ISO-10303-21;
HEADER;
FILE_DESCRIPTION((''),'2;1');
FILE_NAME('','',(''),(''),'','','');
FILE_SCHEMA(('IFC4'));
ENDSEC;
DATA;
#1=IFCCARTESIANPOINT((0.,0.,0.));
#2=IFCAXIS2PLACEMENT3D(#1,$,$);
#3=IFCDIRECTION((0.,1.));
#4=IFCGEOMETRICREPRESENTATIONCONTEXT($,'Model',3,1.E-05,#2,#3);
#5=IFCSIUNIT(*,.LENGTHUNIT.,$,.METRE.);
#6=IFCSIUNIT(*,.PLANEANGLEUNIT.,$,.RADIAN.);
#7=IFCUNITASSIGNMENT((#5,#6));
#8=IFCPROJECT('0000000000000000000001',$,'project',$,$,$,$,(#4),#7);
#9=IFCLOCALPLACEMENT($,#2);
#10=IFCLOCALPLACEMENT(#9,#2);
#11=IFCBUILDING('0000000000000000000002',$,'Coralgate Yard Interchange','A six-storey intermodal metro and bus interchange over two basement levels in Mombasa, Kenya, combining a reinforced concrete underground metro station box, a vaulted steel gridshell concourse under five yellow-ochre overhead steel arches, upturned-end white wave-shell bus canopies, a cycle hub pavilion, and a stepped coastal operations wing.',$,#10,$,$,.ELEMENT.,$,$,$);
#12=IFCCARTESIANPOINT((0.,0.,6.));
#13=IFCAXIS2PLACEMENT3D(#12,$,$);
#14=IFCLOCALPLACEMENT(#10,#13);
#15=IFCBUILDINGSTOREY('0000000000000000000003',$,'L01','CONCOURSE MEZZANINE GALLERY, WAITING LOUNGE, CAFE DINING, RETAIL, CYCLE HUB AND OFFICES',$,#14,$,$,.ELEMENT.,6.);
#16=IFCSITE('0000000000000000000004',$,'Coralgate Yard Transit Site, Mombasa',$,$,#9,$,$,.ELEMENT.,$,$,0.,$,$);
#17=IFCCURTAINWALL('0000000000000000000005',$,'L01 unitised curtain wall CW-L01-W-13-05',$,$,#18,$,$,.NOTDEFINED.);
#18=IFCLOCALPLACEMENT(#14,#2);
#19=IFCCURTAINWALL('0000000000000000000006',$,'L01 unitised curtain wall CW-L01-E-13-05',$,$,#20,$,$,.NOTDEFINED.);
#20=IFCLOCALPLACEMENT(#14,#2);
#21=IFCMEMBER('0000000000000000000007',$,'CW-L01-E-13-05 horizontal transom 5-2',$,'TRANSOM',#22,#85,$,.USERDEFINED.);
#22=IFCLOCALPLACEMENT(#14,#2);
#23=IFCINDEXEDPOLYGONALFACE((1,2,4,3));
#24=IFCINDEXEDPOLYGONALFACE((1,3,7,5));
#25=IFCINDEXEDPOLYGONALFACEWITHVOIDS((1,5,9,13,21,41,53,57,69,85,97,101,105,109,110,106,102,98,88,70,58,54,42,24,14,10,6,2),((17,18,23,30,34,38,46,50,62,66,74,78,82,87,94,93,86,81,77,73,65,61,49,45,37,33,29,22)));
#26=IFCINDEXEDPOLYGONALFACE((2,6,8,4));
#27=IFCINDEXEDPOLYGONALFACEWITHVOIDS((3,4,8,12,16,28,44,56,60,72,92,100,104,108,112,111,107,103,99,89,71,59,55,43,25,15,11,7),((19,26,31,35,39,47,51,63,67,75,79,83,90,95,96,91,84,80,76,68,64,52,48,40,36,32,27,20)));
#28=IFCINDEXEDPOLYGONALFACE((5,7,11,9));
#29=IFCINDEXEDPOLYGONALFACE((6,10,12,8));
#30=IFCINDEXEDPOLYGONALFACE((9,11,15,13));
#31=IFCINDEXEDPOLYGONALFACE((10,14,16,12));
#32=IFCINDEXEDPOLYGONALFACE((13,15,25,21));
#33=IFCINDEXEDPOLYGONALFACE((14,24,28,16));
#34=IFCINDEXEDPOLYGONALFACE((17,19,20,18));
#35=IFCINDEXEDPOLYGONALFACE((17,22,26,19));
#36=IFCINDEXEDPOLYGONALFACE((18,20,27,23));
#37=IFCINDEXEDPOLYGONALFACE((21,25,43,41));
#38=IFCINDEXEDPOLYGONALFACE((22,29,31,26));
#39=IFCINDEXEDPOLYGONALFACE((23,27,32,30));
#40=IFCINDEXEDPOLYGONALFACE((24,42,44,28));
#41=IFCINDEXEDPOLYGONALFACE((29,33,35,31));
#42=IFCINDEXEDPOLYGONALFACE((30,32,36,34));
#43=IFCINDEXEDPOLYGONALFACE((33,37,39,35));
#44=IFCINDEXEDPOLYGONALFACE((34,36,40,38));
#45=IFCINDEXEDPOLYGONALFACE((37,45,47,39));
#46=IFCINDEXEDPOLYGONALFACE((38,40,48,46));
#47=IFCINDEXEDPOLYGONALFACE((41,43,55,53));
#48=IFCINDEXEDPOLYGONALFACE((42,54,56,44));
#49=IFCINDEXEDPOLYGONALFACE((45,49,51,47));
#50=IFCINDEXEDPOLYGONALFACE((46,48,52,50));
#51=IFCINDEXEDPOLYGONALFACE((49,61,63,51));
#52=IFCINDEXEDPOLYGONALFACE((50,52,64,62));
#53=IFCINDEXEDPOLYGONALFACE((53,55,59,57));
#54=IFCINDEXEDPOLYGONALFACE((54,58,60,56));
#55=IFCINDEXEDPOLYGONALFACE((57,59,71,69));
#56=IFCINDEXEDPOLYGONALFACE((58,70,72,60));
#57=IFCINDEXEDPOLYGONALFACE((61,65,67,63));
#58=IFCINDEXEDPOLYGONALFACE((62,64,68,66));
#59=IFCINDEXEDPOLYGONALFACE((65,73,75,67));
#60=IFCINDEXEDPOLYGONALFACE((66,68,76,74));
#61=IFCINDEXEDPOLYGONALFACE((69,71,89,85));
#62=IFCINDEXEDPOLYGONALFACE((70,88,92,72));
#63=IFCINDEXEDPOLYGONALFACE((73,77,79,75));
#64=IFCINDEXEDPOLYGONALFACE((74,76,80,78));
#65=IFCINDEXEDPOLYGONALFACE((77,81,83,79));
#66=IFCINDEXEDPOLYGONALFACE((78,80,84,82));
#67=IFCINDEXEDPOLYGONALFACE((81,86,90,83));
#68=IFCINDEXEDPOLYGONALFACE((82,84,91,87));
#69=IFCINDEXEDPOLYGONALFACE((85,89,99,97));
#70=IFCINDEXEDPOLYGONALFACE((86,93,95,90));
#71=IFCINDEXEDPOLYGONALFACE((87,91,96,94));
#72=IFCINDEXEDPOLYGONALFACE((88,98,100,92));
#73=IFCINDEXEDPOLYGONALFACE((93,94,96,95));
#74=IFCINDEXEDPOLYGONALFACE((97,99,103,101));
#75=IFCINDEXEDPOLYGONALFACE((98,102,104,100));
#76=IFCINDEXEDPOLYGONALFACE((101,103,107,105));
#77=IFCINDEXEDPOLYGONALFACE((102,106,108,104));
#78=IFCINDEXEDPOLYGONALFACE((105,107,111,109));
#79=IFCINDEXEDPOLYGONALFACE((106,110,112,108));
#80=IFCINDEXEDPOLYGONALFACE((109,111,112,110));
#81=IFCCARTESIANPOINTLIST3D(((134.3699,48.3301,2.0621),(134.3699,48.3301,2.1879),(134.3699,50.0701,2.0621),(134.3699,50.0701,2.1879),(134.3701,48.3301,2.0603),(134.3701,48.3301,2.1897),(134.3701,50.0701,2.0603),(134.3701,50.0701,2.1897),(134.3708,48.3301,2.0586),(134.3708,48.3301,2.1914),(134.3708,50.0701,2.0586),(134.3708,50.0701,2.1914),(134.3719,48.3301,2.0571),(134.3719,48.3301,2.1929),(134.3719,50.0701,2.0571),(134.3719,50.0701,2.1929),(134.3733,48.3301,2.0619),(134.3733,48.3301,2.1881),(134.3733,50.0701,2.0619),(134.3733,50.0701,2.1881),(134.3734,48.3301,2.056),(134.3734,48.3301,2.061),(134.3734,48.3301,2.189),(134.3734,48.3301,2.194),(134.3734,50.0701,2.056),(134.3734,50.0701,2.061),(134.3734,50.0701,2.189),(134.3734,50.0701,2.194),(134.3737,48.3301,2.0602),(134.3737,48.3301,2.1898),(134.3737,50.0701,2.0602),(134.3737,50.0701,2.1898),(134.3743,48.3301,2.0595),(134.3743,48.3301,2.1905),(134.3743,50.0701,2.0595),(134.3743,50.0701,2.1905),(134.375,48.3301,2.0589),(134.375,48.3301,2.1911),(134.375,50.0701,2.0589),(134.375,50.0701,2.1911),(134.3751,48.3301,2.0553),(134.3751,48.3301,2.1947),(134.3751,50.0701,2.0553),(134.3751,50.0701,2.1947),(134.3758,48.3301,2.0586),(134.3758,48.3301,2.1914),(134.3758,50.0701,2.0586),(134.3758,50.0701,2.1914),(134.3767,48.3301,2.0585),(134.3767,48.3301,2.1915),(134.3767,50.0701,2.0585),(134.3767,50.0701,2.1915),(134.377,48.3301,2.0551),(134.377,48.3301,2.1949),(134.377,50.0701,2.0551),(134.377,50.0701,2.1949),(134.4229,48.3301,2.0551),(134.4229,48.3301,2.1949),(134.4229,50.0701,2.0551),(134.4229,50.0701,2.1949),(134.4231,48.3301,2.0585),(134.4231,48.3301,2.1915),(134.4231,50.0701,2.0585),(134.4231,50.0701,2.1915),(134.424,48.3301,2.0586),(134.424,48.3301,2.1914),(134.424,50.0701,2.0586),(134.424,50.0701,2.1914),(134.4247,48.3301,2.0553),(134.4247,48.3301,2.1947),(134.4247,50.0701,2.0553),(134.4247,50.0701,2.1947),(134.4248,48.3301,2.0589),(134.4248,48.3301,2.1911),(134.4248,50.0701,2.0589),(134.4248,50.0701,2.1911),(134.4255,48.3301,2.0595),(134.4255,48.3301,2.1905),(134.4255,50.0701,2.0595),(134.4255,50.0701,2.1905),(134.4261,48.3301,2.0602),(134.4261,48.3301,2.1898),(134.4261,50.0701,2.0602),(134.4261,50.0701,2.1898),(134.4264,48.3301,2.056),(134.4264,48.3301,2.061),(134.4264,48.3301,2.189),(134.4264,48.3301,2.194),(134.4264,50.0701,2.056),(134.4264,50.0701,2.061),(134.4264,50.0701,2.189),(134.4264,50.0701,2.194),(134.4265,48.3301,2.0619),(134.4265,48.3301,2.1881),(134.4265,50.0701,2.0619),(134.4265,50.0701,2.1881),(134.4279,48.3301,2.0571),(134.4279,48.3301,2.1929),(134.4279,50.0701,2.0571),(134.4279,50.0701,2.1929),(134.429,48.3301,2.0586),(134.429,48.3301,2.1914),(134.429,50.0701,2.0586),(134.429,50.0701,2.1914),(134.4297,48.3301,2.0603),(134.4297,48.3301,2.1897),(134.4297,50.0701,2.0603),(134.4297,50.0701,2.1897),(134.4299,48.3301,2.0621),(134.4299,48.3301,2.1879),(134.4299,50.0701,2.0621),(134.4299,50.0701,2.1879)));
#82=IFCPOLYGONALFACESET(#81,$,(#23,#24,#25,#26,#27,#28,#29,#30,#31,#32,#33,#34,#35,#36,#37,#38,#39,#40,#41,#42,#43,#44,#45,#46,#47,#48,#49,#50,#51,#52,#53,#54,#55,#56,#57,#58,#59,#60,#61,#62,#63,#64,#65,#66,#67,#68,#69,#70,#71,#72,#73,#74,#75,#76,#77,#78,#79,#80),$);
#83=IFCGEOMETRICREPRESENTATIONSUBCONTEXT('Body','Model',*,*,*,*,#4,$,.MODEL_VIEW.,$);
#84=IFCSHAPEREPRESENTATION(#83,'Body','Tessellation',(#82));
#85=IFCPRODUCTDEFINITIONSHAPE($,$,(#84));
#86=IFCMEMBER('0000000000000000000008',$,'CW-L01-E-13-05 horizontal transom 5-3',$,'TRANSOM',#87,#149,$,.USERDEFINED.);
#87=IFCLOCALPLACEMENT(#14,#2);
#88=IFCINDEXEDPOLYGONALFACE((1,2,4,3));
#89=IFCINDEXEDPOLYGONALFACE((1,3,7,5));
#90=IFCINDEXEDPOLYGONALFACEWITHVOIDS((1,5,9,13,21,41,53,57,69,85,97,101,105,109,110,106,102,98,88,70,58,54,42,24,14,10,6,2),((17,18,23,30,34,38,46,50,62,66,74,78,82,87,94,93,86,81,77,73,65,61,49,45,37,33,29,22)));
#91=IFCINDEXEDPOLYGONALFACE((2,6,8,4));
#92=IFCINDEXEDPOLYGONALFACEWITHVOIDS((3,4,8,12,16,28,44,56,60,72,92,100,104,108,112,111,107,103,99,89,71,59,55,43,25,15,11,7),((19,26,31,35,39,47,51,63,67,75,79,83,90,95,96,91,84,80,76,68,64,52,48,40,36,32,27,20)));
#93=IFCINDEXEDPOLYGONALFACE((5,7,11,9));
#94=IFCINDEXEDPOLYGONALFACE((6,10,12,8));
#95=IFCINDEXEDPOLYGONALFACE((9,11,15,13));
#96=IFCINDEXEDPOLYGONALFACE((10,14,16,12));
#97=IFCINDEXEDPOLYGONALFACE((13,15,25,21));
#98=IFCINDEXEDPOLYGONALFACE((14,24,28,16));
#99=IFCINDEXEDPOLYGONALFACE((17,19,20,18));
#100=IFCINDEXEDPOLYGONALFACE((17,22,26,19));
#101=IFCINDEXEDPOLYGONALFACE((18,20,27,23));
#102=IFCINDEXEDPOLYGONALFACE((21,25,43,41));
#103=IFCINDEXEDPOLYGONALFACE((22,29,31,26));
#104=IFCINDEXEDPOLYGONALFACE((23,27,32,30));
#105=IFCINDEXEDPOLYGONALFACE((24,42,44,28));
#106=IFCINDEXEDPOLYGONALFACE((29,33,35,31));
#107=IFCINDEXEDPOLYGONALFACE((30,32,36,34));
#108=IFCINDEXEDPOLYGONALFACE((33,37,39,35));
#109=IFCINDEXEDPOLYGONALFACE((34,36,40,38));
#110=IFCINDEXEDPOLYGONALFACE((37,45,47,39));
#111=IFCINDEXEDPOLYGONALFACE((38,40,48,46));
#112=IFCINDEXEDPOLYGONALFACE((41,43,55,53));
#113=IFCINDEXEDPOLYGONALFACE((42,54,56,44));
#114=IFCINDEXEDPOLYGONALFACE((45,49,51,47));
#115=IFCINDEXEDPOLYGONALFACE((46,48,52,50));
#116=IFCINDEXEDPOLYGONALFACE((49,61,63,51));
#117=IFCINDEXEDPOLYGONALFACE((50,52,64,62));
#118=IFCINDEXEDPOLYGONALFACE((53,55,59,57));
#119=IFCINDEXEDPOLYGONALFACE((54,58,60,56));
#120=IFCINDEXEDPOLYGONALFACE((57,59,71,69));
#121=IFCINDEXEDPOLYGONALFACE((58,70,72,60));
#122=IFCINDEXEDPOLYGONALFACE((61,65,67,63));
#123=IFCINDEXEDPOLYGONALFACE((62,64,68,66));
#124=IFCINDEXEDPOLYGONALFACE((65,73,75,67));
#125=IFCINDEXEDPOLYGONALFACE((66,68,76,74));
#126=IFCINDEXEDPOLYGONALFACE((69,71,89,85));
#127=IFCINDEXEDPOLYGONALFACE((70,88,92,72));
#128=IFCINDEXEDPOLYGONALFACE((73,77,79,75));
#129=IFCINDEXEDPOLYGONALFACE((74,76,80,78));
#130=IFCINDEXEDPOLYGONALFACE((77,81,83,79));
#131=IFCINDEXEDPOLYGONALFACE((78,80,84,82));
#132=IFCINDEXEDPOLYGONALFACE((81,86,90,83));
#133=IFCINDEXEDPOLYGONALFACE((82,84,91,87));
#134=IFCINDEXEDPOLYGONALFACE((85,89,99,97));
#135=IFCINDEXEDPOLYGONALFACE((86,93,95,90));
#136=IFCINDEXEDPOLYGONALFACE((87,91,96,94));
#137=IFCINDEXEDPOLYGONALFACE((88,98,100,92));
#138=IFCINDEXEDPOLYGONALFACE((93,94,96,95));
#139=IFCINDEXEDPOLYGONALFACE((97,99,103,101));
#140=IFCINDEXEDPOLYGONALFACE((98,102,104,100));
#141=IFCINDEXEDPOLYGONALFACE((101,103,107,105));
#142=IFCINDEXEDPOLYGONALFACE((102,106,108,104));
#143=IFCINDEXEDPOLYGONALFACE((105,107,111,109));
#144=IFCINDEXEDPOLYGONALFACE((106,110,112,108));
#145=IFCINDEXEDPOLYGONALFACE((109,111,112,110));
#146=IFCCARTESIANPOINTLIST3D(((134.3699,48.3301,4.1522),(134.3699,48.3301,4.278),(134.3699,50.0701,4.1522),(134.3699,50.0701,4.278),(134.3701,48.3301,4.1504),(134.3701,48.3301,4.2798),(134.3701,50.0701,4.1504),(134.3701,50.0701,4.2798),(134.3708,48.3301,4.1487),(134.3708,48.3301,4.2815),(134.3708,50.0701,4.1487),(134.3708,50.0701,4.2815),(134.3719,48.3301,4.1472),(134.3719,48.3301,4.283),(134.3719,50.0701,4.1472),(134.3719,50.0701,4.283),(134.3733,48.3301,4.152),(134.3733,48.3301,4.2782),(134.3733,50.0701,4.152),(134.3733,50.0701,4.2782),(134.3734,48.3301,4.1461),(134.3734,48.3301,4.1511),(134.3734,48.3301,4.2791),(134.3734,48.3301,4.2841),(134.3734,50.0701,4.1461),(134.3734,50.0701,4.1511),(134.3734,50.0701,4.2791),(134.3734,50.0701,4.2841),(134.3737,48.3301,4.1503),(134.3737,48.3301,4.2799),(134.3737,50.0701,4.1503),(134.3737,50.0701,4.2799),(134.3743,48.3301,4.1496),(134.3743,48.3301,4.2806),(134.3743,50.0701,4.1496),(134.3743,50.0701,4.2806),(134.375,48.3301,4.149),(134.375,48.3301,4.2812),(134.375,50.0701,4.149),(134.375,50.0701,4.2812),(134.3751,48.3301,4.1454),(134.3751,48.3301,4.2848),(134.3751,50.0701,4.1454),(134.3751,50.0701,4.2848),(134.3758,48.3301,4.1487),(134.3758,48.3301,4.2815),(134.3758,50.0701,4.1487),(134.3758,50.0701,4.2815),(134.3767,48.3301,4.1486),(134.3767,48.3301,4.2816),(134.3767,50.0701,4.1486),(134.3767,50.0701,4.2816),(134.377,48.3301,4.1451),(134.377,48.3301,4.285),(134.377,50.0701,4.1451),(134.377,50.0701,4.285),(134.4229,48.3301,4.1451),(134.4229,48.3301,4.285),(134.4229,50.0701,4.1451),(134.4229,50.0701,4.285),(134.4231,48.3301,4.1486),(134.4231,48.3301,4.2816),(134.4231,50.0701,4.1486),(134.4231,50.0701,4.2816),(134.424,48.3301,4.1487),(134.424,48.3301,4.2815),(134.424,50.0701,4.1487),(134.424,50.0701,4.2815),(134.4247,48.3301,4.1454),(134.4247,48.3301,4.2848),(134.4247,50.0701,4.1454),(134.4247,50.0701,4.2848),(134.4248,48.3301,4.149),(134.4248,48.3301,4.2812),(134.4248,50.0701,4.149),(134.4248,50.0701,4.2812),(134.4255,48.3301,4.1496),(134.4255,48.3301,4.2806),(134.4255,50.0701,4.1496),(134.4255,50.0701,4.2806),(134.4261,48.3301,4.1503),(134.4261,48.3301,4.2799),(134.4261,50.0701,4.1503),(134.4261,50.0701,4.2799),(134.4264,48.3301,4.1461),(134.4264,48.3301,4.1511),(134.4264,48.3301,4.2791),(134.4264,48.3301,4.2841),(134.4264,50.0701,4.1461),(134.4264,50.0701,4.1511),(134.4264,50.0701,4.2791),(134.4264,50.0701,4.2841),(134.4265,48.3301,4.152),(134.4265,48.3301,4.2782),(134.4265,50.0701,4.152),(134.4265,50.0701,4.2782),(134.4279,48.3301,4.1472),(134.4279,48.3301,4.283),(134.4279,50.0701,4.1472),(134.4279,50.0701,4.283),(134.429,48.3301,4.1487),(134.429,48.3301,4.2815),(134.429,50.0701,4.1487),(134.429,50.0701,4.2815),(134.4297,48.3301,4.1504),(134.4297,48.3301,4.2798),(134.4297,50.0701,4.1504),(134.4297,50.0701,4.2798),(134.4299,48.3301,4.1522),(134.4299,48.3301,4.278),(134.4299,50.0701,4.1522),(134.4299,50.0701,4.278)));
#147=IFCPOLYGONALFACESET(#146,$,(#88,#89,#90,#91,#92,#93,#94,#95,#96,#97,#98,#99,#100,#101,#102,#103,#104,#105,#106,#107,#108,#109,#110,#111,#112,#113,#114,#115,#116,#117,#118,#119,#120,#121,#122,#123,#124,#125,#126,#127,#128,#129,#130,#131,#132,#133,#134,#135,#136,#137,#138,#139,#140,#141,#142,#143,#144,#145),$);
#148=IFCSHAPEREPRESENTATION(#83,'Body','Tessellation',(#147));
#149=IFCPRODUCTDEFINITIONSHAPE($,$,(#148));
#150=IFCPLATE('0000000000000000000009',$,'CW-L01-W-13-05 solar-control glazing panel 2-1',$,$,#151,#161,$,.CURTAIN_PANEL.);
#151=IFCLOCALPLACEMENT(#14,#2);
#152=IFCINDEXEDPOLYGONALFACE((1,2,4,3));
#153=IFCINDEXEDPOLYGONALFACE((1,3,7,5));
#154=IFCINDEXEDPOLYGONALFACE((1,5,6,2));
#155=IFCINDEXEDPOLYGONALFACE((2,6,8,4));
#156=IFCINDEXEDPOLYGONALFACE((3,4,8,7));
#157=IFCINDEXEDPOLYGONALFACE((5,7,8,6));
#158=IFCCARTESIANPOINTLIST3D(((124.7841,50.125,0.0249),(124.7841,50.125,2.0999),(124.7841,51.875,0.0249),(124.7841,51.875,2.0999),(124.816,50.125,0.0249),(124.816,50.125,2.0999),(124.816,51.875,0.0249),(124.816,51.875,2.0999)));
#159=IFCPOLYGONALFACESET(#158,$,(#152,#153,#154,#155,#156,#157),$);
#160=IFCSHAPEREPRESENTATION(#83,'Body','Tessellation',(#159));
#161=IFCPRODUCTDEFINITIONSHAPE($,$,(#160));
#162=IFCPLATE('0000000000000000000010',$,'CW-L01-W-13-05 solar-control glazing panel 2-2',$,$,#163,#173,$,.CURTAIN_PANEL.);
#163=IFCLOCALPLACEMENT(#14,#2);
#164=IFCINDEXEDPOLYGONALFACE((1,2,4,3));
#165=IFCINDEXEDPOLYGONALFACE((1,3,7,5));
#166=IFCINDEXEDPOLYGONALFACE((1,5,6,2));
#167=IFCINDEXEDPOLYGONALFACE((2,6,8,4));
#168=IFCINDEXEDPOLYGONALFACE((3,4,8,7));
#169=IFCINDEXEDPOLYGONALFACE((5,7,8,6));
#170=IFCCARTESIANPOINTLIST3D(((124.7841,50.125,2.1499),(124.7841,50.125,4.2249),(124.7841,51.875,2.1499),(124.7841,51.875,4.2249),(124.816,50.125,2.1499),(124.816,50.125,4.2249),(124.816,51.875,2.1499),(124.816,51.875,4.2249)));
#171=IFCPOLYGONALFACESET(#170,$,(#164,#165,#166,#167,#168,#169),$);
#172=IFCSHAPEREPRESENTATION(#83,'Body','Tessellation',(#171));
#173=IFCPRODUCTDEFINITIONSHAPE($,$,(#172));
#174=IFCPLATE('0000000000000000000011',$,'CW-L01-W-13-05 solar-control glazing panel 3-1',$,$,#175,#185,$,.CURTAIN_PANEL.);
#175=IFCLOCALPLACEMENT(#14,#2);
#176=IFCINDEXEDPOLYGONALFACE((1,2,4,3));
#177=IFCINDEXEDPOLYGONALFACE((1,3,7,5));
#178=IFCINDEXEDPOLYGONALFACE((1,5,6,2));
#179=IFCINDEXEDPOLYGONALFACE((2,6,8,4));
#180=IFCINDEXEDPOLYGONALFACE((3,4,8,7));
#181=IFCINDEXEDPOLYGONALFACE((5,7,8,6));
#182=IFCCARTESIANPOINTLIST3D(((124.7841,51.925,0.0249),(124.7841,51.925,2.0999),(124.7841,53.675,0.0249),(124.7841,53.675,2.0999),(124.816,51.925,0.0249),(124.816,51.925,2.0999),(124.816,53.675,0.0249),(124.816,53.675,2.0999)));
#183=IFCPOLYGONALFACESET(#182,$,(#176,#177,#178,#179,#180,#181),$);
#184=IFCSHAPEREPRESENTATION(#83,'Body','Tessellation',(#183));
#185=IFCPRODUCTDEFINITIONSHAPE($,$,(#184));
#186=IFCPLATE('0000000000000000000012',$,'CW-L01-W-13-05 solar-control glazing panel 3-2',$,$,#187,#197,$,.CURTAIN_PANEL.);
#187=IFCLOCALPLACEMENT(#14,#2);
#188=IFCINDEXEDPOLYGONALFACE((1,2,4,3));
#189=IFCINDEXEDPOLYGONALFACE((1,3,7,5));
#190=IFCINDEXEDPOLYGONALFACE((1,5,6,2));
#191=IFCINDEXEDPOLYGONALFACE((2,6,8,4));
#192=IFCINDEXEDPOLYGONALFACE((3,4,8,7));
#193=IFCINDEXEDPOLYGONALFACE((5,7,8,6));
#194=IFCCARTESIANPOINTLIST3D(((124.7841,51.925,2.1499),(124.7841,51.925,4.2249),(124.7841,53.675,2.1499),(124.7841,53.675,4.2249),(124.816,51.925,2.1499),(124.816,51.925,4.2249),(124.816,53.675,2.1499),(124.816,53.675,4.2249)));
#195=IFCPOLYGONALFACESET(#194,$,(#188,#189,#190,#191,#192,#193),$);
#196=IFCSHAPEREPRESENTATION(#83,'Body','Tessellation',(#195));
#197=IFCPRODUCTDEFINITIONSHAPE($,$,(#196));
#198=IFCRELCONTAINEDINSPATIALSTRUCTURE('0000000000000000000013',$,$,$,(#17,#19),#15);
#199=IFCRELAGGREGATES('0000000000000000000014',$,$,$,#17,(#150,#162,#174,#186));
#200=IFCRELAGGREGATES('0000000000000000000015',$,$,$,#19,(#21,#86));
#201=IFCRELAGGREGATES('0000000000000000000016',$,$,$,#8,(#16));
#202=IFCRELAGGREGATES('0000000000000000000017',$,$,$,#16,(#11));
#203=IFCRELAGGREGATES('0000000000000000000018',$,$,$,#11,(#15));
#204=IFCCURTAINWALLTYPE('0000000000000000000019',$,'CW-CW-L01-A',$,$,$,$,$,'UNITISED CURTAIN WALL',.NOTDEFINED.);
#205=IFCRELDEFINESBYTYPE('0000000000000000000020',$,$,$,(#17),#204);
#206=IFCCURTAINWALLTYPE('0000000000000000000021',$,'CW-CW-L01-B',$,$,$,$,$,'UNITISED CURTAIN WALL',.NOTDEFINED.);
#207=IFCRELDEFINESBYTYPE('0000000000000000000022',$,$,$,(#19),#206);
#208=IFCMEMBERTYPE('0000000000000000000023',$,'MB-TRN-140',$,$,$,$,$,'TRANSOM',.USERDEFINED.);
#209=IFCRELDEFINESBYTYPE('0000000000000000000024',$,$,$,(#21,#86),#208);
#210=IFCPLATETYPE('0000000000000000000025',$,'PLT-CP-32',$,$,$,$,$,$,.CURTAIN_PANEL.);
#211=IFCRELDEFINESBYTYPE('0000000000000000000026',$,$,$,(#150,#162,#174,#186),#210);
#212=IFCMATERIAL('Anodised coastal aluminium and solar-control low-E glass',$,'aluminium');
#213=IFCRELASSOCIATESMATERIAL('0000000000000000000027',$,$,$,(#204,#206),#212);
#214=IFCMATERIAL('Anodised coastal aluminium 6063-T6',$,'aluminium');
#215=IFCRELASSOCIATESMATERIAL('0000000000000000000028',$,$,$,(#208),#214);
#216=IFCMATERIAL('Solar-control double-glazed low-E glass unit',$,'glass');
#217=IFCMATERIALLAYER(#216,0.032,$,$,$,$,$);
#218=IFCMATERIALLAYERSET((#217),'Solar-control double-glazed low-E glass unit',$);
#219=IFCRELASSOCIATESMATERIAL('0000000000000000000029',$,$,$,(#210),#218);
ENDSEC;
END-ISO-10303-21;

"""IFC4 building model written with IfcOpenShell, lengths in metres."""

from ifc_helpers import new_model, si_unit, direction, frame, origin, origin_2d, place, context, subcontext, project, spatial, rectangle, hollow_rectangle, extrude, material, layer, layer_set, material_profile, profile_set, type_object, element, aggregate, save


model = new_model("IFC4")

# Units and contexts
model_context = context("Model", 3, precision=1e-05, world=origin(), true_north=direction((0.0, 1.0)))
body_context = subcontext(model_context, "Body", "Model", "MODEL_VIEW")
ifc_project = project(units=[si_unit("LENGTHUNIT", "METRE"), si_unit("PLANEANGLEUNIT", "RADIAN")], contexts=[model_context])

# Site, building, storey
site_placement = place(None, origin())
site = spatial("IfcSite", under=ifc_project, at=site_placement, Name="Coralgate Yard Transit Site, Mombasa", CompositionType="ELEMENT", RefElevation=0.0)
building_placement = place(site_placement, origin())
building = spatial("IfcBuilding", under=site, at=building_placement, Name="Coralgate Yard Interchange", Description="A six-storey intermodal metro and bus interchange over two basement levels in Mombasa, Kenya, combining a reinforced concrete underground metro station box, a vaulted steel gridshell concourse under five yellow-ochre overhead steel arches, upturned-end white wave-shell bus canopies, a cycle hub pavilion, and a stepped coastal operations wing.", CompositionType="ELEMENT")
storey_placement = place(building_placement, frame((0.0, 0.0, 6.0)))
storey = spatial("IfcBuildingStorey", under=building, at=storey_placement, Name="L01", Description="CONCOURSE MEZZANINE GALLERY, WAITING LOUNGE, CAFE DINING, RETAIL, CYCLE HUB AND OFFICES", CompositionType="ELEMENT", Elevation=6.0)

# Curtain wall
ifc_material_1 = material(Name="Anodised coastal aluminium and solar-control low-E glass", Category="aluminium")
curtain_wall_type_1 = type_object("IfcCurtainWallType", Name="CW-CW-L01-A", ElementType="UNITISED CURTAIN WALL", PredefinedType="NOTDEFINED", material=ifc_material_1)
curtain_wall_1_placement = place(storey_placement, origin())
curtain_wall_1 = element("IfcCurtainWall", 1, at=curtain_wall_1_placement, inside=storey, type_object=curtain_wall_type_1, Name="L01 unitised curtain wall CW-L01-W-13-05", PredefinedType="NOTDEFINED")
ifc_material_2 = material(Name="Anodised coastal aluminium 6063-T6", Category="aluminium")

# Curtain wall
curtain_wall_type_2 = type_object("IfcCurtainWallType", Name="CW-CW-L01-B", ElementType="UNITISED CURTAIN WALL", PredefinedType="NOTDEFINED", material=ifc_material_1)
curtain_wall_2_placement = place(storey_placement, origin())
curtain_wall_2 = element("IfcCurtainWall", 2, at=curtain_wall_2_placement, inside=storey, type_object=curtain_wall_type_2, Name="L01 unitised curtain wall CW-L01-E-13-05", PredefinedType="NOTDEFINED")

# Members
ifc_material_profile_1 = material_profile(ifc_material_2, hollow_rectangle(XDim=0.0601, YDim=0.1399, WallThickness=0.0034, InnerFilletRadius=0.0034, OuterFilletRadius=0.0071, at=origin_2d()), Name="ALU 60x140x3.5")
ifc_profile_set_1 = profile_set([ifc_material_profile_1], Name="Anodised coastal aluminium 6063-T6")
member_type_1 = type_object("IfcMemberType", Name="MB-TRN-140", ElementType="TRANSOM", PredefinedType="USERDEFINED", material=ifc_profile_set_1)
member_1_placement = place(storey_placement, frame((134.3999, 50.0701, 2.125), z_axis=(0.0, -1.0, 0.0), x_axis=(1.0, 0.0, 0.0)))
member_1 = element("IfcMember", 3, at=member_1_placement, type_object=member_type_1, Name="CW-L01-E-13-05 horizontal transom 5-2", ObjectType="TRANSOM", PredefinedType="USERDEFINED", context=body_context, shape_type="SweptSolid", body=[
    extrude(hollow_rectangle(XDim=0.0601, YDim=0.1399, WallThickness=0.0034, InnerFilletRadius=0.0034, OuterFilletRadius=0.0071, at=origin_2d()), origin(), (0.0, 0.0, 1.0), 1.74),
])
member_2_placement = place(storey_placement, frame((134.3999, 50.0701, 4.2151), z_axis=(0.0, -1.0, 0.0), x_axis=(1.0, 0.0, 0.0)))
member_2 = element("IfcMember", 4, at=member_2_placement, type_object=member_type_1, Name="CW-L01-E-13-05 horizontal transom 5-3", ObjectType="TRANSOM", PredefinedType="USERDEFINED", context=body_context, shape_type="SweptSolid", body=[
    extrude(hollow_rectangle(XDim=0.0601, YDim=0.1399, WallThickness=0.0034, InnerFilletRadius=0.0034, OuterFilletRadius=0.0071, at=origin_2d()), origin(), (0.0, 0.0, 1.0), 1.74),
])

# Plates
ifc_material_3 = material(Name="Solar-control double-glazed low-E glass unit", Category="glass")
ifc_layer = layer(ifc_material_3, 0.032)
ifc_layer_set = layer_set([ifc_layer], Name="Solar-control double-glazed low-E glass unit")
plate_type = type_object("IfcPlateType", Name="PLT-CP-32", PredefinedType="CURTAIN_PANEL", material=ifc_layer_set)
plate_1_placement = place(storey_placement, frame((124.8, 51.0, 0.0249), z_axis=(0.0, 0.0, 1.0), x_axis=(0.0, 1.0, 0.0)))
plate_1 = element("IfcPlate", 5, at=plate_1_placement, type_object=plate_type, Name="CW-L01-W-13-05 solar-control glazing panel 2-1", PredefinedType="CURTAIN_PANEL", context=body_context, shape_type="SweptSolid", body=[
    extrude(rectangle(XDim=1.75, YDim=0.032, at=origin_2d()), origin(), (0.0, 0.0, 1.0), 2.075),
])
plate_2_placement = place(storey_placement, frame((124.8, 51.0, 2.1499), z_axis=(0.0, 0.0, 1.0), x_axis=(0.0, 1.0, 0.0)))
plate_2 = element("IfcPlate", 6, at=plate_2_placement, type_object=plate_type, Name="CW-L01-W-13-05 solar-control glazing panel 2-2", PredefinedType="CURTAIN_PANEL", context=body_context, shape_type="SweptSolid", body=[
    extrude(rectangle(XDim=1.75, YDim=0.032, at=origin_2d()), origin(), (0.0, 0.0, 1.0), 2.075),
])
plate_3_placement = place(storey_placement, frame((124.8, 52.8, 0.0249), z_axis=(0.0, 0.0, 1.0), x_axis=(0.0, 1.0, 0.0)))
plate_3 = element("IfcPlate", 7, at=plate_3_placement, type_object=plate_type, Name="CW-L01-W-13-05 solar-control glazing panel 3-1", PredefinedType="CURTAIN_PANEL", context=body_context, shape_type="SweptSolid", body=[
    extrude(rectangle(XDim=1.75, YDim=0.032, at=origin_2d()), origin(), (0.0, 0.0, 1.0), 2.075),
])
plate_4_placement = place(storey_placement, frame((124.8, 52.8, 2.1499), z_axis=(0.0, 0.0, 1.0), x_axis=(0.0, 1.0, 0.0)))
plate_4 = element("IfcPlate", 8, at=plate_4_placement, type_object=plate_type, Name="CW-L01-W-13-05 solar-control glazing panel 3-2", PredefinedType="CURTAIN_PANEL", context=body_context, shape_type="SweptSolid", body=[
    extrude(rectangle(XDim=1.75, YDim=0.032, at=origin_2d()), origin(), (0.0, 0.0, 1.0), 2.075),
])
aggregate(curtain_wall_1, [plate_1, plate_2, plate_3, plate_4])
aggregate(curtain_wall_2, [member_1, member_2])

save(model, "model.ifc")
